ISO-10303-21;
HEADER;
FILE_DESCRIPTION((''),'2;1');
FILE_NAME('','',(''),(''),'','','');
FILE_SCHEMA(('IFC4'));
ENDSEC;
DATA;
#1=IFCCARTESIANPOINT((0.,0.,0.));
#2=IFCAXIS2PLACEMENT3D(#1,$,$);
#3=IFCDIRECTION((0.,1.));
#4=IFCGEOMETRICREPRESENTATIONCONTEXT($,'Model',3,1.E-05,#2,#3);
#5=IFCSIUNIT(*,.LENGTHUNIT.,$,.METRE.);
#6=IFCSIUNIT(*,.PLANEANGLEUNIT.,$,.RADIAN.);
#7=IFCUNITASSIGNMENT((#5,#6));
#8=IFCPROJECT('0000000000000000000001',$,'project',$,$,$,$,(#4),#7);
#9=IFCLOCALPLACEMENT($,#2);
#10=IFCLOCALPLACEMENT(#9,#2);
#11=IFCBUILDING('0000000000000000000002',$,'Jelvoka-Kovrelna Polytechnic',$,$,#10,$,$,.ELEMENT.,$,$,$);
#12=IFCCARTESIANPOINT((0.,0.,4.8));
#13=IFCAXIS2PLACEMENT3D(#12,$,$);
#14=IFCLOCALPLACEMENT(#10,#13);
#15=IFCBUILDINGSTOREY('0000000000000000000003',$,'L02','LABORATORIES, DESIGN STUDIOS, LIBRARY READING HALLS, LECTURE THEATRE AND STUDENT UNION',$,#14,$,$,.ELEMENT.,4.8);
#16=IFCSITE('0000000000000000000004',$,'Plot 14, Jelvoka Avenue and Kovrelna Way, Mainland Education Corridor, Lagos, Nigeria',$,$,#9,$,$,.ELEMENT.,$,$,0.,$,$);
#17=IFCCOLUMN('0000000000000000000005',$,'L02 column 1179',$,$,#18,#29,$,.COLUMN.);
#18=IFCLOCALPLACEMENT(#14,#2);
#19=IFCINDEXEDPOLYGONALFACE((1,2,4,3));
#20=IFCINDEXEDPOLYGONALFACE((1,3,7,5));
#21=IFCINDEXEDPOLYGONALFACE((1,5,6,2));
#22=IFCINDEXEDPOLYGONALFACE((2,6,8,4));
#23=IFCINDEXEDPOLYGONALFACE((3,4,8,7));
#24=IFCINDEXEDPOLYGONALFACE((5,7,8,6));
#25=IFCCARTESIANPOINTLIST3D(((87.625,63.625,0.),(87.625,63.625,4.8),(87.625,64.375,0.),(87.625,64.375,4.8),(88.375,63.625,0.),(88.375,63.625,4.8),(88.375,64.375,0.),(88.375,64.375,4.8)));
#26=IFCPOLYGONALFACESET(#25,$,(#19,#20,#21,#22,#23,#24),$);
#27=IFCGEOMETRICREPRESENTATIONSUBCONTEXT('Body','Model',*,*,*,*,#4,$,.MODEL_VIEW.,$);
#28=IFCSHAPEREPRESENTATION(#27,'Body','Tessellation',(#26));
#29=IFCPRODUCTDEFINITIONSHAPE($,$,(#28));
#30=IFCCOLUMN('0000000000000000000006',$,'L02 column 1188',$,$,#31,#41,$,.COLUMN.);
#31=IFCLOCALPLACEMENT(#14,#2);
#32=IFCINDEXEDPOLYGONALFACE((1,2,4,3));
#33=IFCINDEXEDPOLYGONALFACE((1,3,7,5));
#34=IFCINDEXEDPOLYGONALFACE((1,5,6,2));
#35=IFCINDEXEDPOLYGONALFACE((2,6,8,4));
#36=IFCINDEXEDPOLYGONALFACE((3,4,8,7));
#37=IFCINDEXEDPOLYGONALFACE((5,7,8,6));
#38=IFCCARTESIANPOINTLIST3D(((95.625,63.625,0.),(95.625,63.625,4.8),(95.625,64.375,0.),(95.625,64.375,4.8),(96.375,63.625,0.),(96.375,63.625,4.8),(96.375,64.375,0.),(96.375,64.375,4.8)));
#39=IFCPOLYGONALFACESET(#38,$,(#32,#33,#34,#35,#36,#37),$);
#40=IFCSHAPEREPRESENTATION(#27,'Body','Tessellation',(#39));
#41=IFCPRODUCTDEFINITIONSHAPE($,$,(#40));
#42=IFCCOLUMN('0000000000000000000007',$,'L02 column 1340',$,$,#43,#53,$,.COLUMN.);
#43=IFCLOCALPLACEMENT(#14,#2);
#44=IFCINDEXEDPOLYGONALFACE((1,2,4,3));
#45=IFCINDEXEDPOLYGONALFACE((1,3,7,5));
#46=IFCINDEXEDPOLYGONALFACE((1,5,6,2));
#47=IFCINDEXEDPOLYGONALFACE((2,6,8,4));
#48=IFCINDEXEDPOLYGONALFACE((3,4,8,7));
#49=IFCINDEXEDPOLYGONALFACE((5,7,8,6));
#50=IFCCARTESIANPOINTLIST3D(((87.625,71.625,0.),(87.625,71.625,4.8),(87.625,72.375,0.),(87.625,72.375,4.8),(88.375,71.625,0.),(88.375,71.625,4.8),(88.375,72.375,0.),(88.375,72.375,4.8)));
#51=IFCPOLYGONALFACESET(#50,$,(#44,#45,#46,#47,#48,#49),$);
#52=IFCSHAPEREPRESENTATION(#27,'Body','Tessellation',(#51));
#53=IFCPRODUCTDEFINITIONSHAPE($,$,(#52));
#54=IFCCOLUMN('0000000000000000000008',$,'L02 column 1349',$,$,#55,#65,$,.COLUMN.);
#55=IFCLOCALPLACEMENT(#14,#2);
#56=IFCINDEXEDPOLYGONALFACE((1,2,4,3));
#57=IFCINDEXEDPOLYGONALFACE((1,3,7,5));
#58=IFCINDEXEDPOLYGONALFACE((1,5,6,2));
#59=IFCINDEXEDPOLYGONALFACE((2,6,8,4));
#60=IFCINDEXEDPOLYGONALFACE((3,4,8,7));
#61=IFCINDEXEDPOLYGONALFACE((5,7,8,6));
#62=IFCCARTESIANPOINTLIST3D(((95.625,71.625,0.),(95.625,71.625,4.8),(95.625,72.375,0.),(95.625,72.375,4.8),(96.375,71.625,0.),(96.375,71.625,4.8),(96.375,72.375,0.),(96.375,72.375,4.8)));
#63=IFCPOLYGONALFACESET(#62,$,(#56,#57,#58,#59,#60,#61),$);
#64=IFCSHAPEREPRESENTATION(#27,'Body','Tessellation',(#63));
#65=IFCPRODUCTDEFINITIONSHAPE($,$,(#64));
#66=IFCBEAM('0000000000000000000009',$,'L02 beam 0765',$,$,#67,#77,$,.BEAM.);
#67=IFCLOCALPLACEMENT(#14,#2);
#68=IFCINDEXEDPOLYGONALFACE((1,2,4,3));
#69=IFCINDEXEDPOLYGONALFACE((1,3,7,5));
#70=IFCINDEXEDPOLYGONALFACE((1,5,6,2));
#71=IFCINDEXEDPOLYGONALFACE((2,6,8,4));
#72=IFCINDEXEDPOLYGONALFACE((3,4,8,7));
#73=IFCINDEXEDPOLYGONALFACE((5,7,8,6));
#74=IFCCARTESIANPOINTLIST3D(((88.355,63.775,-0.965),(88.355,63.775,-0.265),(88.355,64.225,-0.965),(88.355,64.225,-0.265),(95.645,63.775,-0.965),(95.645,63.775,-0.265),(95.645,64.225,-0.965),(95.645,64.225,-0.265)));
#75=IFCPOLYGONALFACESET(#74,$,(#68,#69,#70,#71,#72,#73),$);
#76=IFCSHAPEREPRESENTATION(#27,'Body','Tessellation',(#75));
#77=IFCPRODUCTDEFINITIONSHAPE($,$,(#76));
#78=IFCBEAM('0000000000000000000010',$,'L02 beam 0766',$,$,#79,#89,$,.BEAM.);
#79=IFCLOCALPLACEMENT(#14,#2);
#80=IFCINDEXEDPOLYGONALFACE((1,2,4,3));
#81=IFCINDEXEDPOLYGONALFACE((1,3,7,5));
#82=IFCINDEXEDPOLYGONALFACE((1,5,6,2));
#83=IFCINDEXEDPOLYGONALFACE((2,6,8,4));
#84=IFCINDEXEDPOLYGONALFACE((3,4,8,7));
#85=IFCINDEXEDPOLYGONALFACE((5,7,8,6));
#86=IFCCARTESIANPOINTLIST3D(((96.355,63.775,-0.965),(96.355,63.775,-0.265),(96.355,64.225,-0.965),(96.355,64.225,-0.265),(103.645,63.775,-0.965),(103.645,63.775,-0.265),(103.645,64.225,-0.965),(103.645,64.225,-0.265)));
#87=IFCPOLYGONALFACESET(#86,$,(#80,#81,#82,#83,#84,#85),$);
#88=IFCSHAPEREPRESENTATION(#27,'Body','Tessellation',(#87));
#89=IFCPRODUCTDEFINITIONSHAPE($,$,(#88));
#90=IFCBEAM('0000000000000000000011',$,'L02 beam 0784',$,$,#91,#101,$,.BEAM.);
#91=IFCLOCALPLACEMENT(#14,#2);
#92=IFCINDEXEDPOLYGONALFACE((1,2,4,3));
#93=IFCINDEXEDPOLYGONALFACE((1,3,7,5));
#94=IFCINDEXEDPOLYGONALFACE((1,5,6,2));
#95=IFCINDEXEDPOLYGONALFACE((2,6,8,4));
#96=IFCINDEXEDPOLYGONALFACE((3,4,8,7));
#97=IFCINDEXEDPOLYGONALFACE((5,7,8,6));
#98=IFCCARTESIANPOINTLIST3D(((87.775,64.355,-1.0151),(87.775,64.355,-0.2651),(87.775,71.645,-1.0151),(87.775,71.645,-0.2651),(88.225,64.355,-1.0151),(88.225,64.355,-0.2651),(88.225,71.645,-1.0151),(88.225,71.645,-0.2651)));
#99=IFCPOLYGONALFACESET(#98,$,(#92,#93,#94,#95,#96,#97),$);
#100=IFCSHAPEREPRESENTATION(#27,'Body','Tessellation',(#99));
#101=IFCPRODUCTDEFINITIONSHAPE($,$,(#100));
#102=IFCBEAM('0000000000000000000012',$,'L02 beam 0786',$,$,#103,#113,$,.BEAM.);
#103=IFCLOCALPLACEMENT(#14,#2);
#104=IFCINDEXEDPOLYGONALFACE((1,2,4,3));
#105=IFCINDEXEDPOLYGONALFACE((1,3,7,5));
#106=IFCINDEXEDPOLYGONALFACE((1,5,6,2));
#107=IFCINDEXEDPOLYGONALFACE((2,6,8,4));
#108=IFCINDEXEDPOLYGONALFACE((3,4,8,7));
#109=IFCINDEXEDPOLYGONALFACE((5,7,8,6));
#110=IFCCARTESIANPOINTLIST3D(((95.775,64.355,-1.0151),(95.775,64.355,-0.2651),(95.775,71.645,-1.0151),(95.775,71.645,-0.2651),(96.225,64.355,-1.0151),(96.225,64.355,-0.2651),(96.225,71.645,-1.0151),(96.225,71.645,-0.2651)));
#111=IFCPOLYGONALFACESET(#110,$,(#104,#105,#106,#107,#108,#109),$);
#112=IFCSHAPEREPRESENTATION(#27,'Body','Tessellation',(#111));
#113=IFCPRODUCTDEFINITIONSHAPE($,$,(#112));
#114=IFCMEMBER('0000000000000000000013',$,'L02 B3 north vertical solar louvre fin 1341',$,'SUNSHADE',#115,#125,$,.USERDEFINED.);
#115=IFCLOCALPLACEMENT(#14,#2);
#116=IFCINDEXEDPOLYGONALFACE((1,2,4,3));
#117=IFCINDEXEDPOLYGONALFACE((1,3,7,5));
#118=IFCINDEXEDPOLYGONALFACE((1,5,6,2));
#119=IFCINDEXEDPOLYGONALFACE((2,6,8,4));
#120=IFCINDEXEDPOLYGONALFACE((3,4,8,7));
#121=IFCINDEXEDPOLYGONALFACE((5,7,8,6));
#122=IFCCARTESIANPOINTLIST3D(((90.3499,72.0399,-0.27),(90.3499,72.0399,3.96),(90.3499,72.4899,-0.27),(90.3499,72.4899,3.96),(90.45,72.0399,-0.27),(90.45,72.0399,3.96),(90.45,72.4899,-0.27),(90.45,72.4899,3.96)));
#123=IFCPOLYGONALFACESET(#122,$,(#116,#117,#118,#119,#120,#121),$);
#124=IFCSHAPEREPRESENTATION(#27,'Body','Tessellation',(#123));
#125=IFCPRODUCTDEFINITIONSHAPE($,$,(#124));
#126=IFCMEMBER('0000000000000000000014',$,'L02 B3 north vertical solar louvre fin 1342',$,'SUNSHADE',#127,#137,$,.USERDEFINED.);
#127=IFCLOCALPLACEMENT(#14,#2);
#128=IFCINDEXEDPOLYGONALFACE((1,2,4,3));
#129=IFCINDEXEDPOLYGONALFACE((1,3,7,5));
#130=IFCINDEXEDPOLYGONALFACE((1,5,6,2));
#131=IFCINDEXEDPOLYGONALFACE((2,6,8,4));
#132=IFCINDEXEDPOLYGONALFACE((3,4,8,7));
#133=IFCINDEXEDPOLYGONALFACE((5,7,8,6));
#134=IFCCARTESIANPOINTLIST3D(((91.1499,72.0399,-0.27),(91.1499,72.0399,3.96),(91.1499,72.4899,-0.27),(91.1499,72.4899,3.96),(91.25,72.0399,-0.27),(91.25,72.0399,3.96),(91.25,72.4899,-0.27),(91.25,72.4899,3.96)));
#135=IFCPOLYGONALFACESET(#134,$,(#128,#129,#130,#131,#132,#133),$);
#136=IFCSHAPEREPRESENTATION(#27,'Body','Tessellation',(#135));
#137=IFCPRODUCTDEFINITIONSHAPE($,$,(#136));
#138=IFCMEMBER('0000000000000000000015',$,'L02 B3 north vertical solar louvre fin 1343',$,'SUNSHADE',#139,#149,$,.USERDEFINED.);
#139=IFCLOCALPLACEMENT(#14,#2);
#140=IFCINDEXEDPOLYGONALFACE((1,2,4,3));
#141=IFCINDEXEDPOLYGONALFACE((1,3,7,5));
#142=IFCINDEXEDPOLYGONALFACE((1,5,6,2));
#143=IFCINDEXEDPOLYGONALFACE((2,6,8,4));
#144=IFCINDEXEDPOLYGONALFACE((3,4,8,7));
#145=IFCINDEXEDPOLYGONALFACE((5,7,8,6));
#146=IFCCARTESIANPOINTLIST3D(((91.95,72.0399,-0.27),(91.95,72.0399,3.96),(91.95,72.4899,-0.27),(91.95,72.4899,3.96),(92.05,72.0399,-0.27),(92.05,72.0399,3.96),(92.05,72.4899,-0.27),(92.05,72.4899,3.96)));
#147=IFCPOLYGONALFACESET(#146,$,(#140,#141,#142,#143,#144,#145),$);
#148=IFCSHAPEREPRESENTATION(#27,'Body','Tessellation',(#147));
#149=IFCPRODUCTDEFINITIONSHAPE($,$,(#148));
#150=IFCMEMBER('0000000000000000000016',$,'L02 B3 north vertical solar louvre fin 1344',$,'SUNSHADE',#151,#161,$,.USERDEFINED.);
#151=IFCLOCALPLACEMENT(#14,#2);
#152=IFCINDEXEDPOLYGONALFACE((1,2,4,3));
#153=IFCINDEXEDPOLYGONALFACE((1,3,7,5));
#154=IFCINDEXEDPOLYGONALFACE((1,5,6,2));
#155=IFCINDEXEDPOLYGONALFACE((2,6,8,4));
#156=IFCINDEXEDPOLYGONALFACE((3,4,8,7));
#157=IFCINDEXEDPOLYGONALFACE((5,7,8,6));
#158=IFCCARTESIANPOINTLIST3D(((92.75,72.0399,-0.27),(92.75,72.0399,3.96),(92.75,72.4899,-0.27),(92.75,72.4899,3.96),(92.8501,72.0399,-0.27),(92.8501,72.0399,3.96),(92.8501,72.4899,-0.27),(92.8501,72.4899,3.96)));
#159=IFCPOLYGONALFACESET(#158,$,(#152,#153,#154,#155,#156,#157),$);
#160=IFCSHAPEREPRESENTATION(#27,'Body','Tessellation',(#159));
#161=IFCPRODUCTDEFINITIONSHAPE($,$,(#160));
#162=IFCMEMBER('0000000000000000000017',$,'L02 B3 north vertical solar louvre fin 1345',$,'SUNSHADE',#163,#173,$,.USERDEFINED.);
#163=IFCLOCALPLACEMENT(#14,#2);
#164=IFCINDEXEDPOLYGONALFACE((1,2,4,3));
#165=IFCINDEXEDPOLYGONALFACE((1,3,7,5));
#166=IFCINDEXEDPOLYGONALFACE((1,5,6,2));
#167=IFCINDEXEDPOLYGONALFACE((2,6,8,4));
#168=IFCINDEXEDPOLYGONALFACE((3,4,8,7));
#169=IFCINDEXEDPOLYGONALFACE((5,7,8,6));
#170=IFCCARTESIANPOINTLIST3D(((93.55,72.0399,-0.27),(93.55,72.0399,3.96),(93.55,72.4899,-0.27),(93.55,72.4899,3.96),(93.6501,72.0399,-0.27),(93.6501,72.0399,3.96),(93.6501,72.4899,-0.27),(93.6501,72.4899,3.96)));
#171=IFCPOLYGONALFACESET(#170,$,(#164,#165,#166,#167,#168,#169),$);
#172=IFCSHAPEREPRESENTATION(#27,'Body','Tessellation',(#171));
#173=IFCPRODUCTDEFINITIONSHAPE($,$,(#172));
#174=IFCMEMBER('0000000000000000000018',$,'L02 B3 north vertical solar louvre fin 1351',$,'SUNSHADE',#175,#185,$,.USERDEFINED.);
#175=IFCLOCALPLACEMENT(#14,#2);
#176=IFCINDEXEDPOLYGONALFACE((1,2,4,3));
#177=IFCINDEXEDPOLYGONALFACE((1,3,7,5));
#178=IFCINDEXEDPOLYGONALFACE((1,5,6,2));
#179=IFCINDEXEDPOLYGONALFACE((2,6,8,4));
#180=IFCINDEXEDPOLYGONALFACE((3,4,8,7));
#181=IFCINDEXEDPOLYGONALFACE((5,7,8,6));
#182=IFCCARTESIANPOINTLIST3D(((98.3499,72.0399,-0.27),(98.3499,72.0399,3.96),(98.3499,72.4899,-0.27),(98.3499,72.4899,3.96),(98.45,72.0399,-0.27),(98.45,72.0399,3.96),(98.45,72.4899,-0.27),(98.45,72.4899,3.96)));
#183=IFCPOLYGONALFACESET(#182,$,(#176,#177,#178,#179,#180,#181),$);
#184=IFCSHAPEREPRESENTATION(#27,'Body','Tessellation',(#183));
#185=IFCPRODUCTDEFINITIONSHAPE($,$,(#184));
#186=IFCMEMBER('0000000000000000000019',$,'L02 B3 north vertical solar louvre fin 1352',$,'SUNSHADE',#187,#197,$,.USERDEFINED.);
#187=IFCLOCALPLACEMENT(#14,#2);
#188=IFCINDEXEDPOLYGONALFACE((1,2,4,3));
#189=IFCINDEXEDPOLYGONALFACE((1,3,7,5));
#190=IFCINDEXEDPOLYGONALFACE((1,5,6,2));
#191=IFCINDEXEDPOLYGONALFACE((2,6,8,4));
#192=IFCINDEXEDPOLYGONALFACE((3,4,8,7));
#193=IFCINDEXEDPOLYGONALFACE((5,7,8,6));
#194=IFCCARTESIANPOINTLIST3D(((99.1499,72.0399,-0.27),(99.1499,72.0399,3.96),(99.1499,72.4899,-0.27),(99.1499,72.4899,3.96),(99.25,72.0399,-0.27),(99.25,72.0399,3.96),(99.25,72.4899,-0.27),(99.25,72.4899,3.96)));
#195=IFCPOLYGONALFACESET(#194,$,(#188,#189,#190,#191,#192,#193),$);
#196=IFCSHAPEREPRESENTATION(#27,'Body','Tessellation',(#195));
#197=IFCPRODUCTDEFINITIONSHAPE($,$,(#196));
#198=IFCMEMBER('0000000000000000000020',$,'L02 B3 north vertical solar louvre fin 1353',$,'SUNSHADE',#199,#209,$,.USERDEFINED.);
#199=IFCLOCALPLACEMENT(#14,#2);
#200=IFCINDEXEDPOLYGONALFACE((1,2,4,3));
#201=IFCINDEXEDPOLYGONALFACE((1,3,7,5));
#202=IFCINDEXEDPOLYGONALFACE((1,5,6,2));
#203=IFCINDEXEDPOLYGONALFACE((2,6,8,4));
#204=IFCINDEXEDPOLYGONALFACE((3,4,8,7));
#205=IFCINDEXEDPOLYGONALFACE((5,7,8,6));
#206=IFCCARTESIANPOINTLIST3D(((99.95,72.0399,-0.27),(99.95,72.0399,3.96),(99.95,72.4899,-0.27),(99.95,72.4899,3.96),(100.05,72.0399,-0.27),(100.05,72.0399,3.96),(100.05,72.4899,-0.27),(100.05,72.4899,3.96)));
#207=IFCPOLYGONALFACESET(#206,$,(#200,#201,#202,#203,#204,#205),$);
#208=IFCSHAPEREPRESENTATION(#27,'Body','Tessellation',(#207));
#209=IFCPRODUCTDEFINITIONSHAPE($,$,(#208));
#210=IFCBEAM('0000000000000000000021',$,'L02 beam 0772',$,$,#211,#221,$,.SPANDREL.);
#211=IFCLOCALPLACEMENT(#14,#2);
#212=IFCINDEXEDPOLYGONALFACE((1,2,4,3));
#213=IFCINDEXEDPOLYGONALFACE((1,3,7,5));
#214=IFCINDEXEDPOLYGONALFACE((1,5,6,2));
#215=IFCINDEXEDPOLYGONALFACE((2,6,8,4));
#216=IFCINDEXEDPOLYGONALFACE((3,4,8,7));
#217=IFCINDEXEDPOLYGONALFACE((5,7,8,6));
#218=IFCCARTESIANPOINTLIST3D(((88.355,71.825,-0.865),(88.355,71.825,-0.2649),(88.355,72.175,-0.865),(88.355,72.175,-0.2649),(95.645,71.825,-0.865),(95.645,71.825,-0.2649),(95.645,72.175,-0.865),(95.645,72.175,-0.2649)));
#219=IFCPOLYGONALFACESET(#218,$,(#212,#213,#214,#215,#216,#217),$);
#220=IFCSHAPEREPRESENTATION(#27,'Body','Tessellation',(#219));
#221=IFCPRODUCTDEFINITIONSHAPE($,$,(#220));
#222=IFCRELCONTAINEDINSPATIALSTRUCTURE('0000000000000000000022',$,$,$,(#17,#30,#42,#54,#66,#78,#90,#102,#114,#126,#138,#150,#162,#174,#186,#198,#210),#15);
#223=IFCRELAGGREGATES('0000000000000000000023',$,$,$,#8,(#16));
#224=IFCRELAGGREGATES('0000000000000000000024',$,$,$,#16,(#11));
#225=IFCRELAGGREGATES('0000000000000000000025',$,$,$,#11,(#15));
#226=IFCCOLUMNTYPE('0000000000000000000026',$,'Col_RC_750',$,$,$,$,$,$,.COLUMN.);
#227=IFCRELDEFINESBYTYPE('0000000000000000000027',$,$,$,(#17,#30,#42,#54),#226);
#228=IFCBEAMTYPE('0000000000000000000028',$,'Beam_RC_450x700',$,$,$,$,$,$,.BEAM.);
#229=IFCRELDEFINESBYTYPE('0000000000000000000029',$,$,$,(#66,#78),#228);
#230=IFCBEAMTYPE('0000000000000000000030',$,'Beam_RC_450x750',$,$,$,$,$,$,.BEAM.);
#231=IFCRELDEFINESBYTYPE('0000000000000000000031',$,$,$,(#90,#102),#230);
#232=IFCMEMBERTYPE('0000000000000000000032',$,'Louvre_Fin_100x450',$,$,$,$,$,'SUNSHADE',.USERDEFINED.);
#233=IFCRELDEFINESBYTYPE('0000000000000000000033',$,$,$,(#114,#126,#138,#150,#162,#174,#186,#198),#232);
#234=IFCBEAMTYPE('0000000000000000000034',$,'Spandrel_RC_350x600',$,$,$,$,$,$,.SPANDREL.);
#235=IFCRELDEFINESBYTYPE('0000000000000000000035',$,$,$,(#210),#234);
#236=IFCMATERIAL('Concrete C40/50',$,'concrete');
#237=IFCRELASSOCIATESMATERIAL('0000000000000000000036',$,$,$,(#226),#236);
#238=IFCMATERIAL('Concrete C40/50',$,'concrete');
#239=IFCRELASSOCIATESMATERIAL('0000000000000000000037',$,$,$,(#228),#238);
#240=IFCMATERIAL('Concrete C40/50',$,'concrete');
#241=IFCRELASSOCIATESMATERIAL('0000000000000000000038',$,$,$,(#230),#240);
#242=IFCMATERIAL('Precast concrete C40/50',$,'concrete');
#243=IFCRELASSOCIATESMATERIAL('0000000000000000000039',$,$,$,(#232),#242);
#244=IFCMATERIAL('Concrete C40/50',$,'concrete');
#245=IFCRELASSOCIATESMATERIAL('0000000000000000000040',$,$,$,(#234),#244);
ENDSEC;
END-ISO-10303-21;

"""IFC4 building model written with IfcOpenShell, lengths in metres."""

from ifc_helpers import new_model, si_unit, direction, frame, origin, origin_2d, place, context, subcontext, project, spatial, rectangle, extrude, material, material_profile, profile_set, type_object, element, save


model = new_model("IFC4")

# Units and contexts
model_context = context("Model", 3, precision=1e-05, world=origin(), true_north=direction((0.0, 1.0)))
body_context = subcontext(model_context, "Body", "Model", "MODEL_VIEW")
ifc_project = project(units=[si_unit("LENGTHUNIT", "METRE"), si_unit("PLANEANGLEUNIT", "RADIAN")], contexts=[model_context])

# Site, building, storey
site_placement = place(None, origin())
site = spatial("IfcSite", under=ifc_project, at=site_placement, Name="Plot 14, Jelvoka Avenue and Kovrelna Way, Mainland Education Corridor, Lagos, Nigeria", CompositionType="ELEMENT", RefElevation=0.0)
building_placement = place(site_placement, origin())
building = spatial("IfcBuilding", under=site, at=building_placement, Name="Jelvoka-Kovrelna Polytechnic", CompositionType="ELEMENT")
storey_placement = place(building_placement, frame((0.0, 0.0, 4.8)))
storey = spatial("IfcBuildingStorey", under=building, at=storey_placement, Name="L02", Description="LABORATORIES, DESIGN STUDIOS, LIBRARY READING HALLS, LECTURE THEATRE AND STUDENT UNION", CompositionType="ELEMENT", Elevation=4.8)

# Columns
ifc_material_1 = material(Name="Concrete C40/50", Category="concrete")
ifc_material_profile_1 = material_profile(ifc_material_1, rectangle(XDim=0.75, YDim=0.75, at=origin_2d()), Name="RC 750x750")
ifc_profile_set_1 = profile_set([ifc_material_profile_1], Name="Concrete C40/50")
column_type = type_object("IfcColumnType", Name="Col_RC_750", PredefinedType="COLUMN", material=ifc_profile_set_1)
for number, where, z_axis, x_axis, name in (
    (1, (88.0, 64.0, 0.0), (0.0, 0.0, 1.0), (1.0, 0.0, 0.0), "L02 column 1179"),
    (2, (96.0, 64.0, 0.0), (0.0, 0.0, 1.0), (1.0, 0.0, 0.0), "L02 column 1188"),
    (3, (88.0, 72.0, 0.0), (0.0, 0.0, 1.0), (1.0, 0.0, 0.0), "L02 column 1340"),
    (4, (96.0, 72.0, 0.0), (0.0, 0.0, 1.0), (1.0, 0.0, 0.0), "L02 column 1349"),
):
    element("IfcColumn", number, at=place(storey_placement, frame(where, z_axis=z_axis, x_axis=x_axis)), inside=storey, type_object=column_type, Name=name, PredefinedType="COLUMN", context=body_context, shape_type="SweptSolid", body=[
        extrude(rectangle(XDim=0.75, YDim=0.75, at=origin_2d()), origin(), (0.0, 0.0, 1.0), 4.8),
    ])

# Beams
ifc_material_2 = material(Name="Concrete C40/50", Category="concrete")
ifc_material_profile_2 = material_profile(ifc_material_2, rectangle(XDim=0.45, YDim=0.7, at=origin_2d()), Name="RC 450x700")
ifc_profile_set_2 = profile_set([ifc_material_profile_2], Name="Concrete C40/50")
beam_type_1 = type_object("IfcBeamType", Name="Beam_RC_450x700", PredefinedType="BEAM", material=ifc_profile_set_2)
for number, where, z_axis, x_axis, name in (
    (5, (88.355, 64.0, -0.615), (1.0, 0.0, 0.0), (0.0, 1.0, 0.0), "L02 beam 0765"),
    (6, (96.355, 64.0, -0.615), (1.0, 0.0, 0.0), (0.0, 1.0, 0.0), "L02 beam 0766"),
):
    element("IfcBeam", number, at=place(storey_placement, frame(where, z_axis=z_axis, x_axis=x_axis)), inside=storey, type_object=beam_type_1, Name=name, PredefinedType="BEAM", context=body_context, shape_type="SweptSolid", body=[
        extrude(rectangle(XDim=0.45, YDim=0.7, at=origin_2d()), origin(), (0.0, 0.0, 1.0), 7.29),
    ])
ifc_material_3 = material(Name="Concrete C40/50", Category="concrete")
ifc_material_profile_3 = material_profile(ifc_material_3, rectangle(XDim=0.45, YDim=0.75, at=origin_2d()), Name="RC 450x750")
ifc_profile_set_3 = profile_set([ifc_material_profile_3], Name="Concrete C40/50")
beam_type_2 = type_object("IfcBeamType", Name="Beam_RC_450x750", PredefinedType="BEAM", material=ifc_profile_set_3)
for number, where, z_axis, x_axis, name in (
    (7, (88.0, 64.355, -0.6401), (0.0, 1.0, 0.0), (-1.0, 0.0, 0.0), "L02 beam 0784"),
    (8, (96.0, 64.355, -0.6401), (0.0, 1.0, 0.0), (-1.0, 0.0, 0.0), "L02 beam 0786"),
):
    element("IfcBeam", number, at=place(storey_placement, frame(where, z_axis=z_axis, x_axis=x_axis)), inside=storey, type_object=beam_type_2, Name=name, PredefinedType="BEAM", context=body_context, shape_type="SweptSolid", body=[
        extrude(rectangle(XDim=0.45, YDim=0.75, at=origin_2d()), origin(), (0.0, 0.0, 1.0), 7.29),
    ])

# Members
ifc_material_4 = material(Name="Precast concrete C40/50", Category="concrete")
ifc_material_profile_4 = material_profile(ifc_material_4, rectangle(XDim=0.1001, YDim=0.45, at=origin_2d()), Name="PC 100x450")
ifc_profile_set_4 = profile_set([ifc_material_profile_4], Name="Precast concrete C40/50")
member_type = type_object("IfcMemberType", Name="Louvre_Fin_100x450", ElementType="SUNSHADE", PredefinedType="USERDEFINED", material=ifc_profile_set_4)
for number, where, z_axis, x_axis, name in (
    (9, (90.3999, 72.2649, -0.27), (0.0, 0.0, 1.0), (1.0, 0.0, 0.0), "L02 B3 north vertical solar louvre fin 1341"),
    (10, (91.2, 72.2649, -0.27), (0.0, 0.0, 1.0), (1.0, 0.0, 0.0), "L02 B3 north vertical solar louvre fin 1342"),
    (11, (92.0, 72.2649, -0.27), (0.0, 0.0, 1.0), (1.0, 0.0, 0.0), "L02 B3 north vertical solar louvre fin 1343"),
    (12, (92.8, 72.2649, -0.27), (0.0, 0.0, 1.0), (1.0, 0.0, 0.0), "L02 B3 north vertical solar louvre fin 1344"),
    (13, (93.6001, 72.2649, -0.27), (0.0, 0.0, 1.0), (1.0, 0.0, 0.0), "L02 B3 north vertical solar louvre fin 1345"),
    (14, (98.3999, 72.2649, -0.27), (0.0, 0.0, 1.0), (1.0, 0.0, 0.0), "L02 B3 north vertical solar louvre fin 1351"),
    (15, (99.2, 72.2649, -0.27), (0.0, 0.0, 1.0), (1.0, 0.0, 0.0), "L02 B3 north vertical solar louvre fin 1352"),
    (16, (100.0, 72.2649, -0.27), (0.0, 0.0, 1.0), (1.0, 0.0, 0.0), "L02 B3 north vertical solar louvre fin 1353"),
):
    element("IfcMember", number, at=place(storey_placement, frame(where, z_axis=z_axis, x_axis=x_axis)), inside=storey, type_object=member_type, Name=name, ObjectType="SUNSHADE", PredefinedType="USERDEFINED", context=body_context, shape_type="SweptSolid", body=[
        extrude(rectangle(XDim=0.1001, YDim=0.45, at=origin_2d()), origin(), (0.0, 0.0, 1.0), 4.23),
    ])

# Beam
ifc_material_5 = material(Name="Concrete C40/50", Category="concrete")
ifc_material_profile_5 = material_profile(ifc_material_5, rectangle(XDim=0.3501, YDim=0.6001, at=origin_2d()), Name="RC 350x600")
ifc_profile_set_5 = profile_set([ifc_material_profile_5], Name="Concrete C40/50")
beam_type_3 = type_object("IfcBeamType", Name="Spandrel_RC_350x600", PredefinedType="SPANDREL", material=ifc_profile_set_5)
for number, where, z_axis, x_axis, name in (
    (17, (88.355, 72.0, -0.5649), (1.0, 0.0, 0.0), (0.0, 1.0, 0.0), "L02 beam 0772"),
):
    element("IfcBeam", number, at=place(storey_placement, frame(where, z_axis=z_axis, x_axis=x_axis)), inside=storey, type_object=beam_type_3, Name=name, PredefinedType="SPANDREL", context=body_context, shape_type="SweptSolid", body=[
        extrude(rectangle(XDim=0.3501, YDim=0.6001, at=origin_2d()), origin(), (0.0, 0.0, 1.0), 7.29),
    ])

save(model, "model.ifc")
